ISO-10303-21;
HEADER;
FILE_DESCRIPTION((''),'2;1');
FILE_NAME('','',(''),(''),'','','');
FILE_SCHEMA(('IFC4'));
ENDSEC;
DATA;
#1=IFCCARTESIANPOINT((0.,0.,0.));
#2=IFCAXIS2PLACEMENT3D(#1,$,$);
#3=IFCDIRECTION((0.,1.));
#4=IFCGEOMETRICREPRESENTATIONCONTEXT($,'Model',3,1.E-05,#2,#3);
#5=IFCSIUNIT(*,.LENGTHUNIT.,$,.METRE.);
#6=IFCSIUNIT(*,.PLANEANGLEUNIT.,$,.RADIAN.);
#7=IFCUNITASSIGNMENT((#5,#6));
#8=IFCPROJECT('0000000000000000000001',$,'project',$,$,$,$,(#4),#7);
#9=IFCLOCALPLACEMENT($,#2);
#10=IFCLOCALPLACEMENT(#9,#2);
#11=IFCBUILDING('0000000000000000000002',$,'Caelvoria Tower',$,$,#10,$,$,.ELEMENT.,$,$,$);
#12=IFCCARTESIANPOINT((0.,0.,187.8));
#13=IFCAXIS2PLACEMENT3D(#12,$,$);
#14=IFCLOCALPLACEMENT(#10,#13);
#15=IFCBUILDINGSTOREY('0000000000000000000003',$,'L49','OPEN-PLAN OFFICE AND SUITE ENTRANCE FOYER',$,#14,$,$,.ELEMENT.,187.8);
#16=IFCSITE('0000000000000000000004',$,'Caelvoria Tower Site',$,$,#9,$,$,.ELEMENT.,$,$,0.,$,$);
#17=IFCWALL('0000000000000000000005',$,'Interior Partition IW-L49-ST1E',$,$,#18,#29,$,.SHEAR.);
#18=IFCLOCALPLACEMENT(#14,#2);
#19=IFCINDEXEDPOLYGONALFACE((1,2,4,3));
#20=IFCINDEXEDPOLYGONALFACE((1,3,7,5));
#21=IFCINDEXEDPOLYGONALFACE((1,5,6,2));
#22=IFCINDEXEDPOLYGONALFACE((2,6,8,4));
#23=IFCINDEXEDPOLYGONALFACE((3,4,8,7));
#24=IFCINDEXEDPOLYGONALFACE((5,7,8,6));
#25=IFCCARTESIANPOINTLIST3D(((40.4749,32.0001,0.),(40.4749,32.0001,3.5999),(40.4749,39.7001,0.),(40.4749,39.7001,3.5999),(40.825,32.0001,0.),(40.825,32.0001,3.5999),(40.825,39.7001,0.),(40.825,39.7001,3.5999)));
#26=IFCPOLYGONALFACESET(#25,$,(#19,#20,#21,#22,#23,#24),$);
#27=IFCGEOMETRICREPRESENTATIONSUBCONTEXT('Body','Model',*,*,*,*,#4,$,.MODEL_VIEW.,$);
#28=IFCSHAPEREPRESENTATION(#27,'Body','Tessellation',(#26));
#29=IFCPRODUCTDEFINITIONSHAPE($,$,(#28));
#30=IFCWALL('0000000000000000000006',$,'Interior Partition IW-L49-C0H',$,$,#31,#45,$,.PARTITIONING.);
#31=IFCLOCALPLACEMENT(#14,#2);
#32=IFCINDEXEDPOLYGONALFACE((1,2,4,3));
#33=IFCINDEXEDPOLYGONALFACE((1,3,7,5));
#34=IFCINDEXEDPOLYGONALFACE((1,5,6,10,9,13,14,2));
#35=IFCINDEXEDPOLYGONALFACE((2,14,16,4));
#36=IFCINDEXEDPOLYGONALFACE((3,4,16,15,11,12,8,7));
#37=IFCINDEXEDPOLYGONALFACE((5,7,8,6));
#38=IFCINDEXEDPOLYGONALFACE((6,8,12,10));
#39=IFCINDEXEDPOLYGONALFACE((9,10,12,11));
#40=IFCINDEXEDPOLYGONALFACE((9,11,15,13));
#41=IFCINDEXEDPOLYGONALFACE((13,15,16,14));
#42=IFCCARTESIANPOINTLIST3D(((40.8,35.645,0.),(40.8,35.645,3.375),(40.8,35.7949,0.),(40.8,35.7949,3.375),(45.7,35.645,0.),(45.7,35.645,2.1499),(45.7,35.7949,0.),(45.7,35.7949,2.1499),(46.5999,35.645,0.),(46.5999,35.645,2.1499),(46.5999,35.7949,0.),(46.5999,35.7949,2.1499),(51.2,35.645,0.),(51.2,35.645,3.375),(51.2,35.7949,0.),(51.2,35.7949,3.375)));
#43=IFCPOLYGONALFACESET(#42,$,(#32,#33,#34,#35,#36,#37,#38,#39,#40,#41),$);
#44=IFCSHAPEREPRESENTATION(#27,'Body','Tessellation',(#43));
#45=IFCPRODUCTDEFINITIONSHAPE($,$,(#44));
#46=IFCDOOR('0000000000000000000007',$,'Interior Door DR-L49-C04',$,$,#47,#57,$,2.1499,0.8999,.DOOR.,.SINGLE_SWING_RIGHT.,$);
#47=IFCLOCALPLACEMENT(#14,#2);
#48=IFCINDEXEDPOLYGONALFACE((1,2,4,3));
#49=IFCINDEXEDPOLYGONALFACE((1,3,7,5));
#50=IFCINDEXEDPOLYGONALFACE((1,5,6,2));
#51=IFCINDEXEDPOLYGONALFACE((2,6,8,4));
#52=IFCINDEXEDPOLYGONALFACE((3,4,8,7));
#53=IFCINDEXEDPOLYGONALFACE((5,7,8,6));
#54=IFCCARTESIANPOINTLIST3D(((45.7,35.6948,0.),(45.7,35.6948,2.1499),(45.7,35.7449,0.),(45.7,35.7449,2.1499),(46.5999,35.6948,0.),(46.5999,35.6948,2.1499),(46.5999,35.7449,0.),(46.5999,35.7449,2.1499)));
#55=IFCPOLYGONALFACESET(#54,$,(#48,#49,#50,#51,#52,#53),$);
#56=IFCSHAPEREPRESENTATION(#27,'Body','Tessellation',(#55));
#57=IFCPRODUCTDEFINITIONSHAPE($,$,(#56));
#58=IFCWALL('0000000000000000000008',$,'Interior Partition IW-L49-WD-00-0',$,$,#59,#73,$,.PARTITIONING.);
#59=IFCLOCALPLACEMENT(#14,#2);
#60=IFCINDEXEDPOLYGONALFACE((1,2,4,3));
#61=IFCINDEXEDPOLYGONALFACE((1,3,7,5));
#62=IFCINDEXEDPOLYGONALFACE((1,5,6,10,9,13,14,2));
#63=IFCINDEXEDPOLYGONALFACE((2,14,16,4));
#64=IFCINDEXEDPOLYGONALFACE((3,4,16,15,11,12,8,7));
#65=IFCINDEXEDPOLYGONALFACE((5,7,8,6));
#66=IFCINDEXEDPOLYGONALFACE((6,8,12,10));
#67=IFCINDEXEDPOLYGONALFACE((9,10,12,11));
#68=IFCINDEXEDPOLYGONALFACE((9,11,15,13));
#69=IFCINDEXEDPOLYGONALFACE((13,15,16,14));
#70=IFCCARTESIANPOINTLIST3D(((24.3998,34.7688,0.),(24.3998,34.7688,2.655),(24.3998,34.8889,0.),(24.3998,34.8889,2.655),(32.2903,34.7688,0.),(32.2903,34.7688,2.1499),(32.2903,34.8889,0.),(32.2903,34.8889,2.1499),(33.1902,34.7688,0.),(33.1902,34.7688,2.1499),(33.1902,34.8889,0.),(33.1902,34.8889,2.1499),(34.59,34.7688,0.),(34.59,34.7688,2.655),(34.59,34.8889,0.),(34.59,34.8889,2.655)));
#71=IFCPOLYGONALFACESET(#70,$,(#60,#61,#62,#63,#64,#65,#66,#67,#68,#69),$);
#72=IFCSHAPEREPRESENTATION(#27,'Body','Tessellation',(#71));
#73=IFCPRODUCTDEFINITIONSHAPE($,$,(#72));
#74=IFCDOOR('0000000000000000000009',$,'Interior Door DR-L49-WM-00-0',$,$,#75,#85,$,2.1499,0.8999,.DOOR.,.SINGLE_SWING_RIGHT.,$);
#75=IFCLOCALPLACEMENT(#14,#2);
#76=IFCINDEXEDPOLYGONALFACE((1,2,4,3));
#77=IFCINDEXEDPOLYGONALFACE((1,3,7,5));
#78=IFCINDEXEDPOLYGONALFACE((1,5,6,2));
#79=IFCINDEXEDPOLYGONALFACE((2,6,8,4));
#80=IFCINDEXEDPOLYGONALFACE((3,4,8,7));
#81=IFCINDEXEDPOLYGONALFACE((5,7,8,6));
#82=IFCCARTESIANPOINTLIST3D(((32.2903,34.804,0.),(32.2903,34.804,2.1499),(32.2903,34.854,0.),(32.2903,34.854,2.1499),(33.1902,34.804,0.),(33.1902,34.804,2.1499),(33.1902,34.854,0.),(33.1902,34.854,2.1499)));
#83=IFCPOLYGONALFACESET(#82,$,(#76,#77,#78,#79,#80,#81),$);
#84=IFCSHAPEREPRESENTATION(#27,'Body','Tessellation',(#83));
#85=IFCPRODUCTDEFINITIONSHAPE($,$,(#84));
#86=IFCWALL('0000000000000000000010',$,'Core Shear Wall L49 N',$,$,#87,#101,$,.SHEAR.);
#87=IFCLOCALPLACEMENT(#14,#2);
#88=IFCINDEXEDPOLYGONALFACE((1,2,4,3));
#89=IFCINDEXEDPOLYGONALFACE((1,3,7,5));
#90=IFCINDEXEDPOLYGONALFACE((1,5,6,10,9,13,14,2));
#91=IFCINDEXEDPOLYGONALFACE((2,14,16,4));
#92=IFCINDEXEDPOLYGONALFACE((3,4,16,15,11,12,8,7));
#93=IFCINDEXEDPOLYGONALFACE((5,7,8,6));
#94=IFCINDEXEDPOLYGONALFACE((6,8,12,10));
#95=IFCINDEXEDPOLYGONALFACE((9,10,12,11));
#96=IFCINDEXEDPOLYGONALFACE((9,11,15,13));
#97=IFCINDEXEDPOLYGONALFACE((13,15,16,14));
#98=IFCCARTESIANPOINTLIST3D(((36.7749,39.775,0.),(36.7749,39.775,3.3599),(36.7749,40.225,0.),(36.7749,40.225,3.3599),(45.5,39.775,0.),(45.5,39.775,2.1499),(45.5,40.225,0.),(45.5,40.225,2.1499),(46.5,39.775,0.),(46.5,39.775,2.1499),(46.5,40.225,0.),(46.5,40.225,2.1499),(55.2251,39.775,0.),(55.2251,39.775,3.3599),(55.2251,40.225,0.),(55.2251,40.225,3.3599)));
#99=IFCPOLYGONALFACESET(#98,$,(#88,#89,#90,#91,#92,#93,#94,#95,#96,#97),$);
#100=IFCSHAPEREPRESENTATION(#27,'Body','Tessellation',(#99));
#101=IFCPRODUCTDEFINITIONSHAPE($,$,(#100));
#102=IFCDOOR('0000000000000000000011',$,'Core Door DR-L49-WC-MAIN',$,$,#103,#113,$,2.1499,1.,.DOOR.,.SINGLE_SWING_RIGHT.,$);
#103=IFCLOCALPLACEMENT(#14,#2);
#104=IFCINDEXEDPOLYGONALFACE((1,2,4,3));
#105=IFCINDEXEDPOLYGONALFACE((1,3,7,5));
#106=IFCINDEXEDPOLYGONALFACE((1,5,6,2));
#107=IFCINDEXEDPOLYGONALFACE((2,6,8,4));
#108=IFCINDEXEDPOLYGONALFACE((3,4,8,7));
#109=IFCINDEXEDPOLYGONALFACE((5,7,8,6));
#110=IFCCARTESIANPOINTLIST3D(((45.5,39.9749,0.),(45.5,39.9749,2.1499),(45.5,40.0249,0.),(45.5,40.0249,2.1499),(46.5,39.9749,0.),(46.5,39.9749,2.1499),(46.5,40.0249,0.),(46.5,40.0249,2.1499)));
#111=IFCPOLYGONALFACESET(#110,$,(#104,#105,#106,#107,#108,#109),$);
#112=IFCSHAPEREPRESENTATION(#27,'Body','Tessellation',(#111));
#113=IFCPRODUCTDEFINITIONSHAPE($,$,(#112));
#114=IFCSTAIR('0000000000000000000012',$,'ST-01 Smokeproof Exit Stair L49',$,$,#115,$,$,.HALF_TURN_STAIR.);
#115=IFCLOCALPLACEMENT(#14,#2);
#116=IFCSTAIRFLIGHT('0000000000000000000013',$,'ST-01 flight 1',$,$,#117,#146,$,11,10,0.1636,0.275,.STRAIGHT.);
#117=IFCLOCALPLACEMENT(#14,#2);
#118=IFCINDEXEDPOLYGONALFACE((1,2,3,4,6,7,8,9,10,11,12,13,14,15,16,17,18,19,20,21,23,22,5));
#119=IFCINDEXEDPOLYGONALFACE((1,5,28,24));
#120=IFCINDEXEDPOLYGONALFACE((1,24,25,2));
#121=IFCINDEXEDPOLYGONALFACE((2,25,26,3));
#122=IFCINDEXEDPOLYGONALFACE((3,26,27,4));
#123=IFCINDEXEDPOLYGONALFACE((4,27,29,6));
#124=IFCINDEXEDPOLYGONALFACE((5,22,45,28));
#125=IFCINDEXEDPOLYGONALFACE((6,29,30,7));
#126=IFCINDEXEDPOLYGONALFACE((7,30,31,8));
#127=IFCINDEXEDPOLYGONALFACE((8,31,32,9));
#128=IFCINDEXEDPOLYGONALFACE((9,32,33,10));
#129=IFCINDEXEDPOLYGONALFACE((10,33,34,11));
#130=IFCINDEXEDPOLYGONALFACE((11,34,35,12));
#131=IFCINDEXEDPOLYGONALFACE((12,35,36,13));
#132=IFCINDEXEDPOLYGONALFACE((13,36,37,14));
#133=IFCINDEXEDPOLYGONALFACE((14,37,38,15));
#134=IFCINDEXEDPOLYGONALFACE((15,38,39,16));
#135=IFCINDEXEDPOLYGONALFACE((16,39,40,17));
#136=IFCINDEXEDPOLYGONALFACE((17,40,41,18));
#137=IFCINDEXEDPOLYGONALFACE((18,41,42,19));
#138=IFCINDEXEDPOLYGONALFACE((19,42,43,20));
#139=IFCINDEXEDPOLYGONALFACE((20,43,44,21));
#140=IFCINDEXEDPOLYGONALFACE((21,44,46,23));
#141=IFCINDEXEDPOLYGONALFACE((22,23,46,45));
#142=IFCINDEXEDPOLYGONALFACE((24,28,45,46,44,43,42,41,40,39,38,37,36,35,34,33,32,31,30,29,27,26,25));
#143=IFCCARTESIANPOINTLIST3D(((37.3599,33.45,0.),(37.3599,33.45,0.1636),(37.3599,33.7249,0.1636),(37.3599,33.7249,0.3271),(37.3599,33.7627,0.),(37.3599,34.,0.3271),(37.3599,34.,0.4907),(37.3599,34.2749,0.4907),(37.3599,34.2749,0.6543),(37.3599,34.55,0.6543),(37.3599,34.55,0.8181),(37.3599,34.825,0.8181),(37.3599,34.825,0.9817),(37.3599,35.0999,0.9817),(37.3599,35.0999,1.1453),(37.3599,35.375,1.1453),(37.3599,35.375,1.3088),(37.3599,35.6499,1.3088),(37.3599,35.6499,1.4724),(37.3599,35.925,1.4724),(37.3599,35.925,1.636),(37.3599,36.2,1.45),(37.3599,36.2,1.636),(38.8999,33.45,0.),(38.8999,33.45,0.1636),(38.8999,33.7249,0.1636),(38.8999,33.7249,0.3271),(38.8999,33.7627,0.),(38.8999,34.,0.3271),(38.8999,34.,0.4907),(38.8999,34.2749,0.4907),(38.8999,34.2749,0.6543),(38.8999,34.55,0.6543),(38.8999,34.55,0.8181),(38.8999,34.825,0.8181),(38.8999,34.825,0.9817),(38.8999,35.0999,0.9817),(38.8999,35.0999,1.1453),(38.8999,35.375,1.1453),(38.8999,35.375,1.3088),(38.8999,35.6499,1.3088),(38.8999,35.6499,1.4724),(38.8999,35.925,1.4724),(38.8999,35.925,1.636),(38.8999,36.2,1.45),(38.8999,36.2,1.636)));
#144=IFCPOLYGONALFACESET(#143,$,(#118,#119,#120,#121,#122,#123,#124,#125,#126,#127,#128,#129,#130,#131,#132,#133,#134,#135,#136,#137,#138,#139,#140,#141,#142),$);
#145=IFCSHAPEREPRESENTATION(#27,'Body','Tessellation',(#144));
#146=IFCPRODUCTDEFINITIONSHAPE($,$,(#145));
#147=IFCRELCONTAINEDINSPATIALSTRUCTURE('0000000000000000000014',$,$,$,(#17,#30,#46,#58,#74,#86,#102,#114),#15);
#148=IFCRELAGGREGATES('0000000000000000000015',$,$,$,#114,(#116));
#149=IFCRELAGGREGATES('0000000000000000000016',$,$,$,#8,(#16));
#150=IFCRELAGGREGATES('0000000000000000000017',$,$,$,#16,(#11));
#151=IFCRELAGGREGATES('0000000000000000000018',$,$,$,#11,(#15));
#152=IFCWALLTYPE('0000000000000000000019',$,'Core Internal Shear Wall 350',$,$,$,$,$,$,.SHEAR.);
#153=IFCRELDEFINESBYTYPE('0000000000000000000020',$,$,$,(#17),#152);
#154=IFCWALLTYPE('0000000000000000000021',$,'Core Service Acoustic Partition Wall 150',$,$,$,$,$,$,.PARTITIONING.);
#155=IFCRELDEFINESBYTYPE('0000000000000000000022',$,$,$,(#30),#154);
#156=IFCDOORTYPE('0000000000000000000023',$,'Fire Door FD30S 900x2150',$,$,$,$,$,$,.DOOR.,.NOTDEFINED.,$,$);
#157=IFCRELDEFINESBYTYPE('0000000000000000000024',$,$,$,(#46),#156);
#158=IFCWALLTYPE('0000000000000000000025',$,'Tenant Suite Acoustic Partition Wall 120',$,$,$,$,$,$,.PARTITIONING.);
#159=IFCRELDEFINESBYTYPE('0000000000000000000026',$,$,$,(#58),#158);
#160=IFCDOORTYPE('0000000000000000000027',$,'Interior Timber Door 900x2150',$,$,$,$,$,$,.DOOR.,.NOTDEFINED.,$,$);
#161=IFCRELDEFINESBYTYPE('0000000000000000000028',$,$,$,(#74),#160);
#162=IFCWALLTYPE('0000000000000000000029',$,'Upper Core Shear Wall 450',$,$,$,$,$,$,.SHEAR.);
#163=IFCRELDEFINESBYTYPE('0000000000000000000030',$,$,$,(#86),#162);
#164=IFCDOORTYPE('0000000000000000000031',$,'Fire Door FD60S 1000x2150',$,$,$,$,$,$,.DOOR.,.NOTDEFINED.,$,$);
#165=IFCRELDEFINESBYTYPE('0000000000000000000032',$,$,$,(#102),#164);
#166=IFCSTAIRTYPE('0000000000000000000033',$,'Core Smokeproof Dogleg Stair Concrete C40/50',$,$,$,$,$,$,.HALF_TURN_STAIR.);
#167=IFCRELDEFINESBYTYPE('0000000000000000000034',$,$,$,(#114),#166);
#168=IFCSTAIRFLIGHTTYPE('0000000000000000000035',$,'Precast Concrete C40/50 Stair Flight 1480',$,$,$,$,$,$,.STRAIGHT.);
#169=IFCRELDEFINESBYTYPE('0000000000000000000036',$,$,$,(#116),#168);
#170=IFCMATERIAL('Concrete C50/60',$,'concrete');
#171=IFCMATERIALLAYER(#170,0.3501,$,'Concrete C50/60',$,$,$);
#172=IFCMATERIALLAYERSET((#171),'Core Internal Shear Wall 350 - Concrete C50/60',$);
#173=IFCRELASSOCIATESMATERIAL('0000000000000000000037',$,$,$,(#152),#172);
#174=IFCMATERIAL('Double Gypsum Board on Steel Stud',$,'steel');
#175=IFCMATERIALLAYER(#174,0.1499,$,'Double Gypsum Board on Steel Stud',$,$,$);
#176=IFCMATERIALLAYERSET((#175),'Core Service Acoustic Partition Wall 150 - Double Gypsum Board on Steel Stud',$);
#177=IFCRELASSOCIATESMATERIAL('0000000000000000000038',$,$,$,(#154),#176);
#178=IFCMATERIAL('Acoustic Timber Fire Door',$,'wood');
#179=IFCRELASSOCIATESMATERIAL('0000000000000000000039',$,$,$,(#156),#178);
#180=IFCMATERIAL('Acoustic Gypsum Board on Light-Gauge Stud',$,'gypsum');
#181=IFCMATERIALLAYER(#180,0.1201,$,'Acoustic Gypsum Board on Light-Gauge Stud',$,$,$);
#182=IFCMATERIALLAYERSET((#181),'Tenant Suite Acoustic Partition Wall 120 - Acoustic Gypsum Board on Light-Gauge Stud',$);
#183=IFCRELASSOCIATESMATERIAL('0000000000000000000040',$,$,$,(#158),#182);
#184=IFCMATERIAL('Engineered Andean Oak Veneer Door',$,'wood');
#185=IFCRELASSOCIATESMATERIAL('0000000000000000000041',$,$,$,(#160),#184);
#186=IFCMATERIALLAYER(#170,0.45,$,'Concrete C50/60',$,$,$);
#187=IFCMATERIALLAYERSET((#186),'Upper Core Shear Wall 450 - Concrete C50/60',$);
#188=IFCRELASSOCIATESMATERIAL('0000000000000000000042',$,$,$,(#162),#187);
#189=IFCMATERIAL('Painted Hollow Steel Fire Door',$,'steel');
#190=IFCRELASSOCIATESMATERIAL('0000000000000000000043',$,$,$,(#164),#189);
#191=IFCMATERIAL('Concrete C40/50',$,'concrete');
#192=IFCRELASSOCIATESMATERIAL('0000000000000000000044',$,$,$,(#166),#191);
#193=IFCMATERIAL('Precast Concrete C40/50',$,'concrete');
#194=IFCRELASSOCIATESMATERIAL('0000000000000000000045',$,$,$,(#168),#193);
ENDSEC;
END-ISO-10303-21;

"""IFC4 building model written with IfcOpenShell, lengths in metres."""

from ifc_helpers import new_model, si_unit, direction, frame, frame_2d, origin, place, context, subcontext, project, spatial, polyline, rectangle, outline, extrude, material, layer, layer_set, type_object, element, fill, aggregate, save


model = new_model("IFC4")

# Units and contexts
model_context = context("Model", 3, precision=1e-05, world=origin(), true_north=direction((0.0, 1.0)))
body_context = subcontext(model_context, "Body", "Model", "MODEL_VIEW")
ifc_project = project(units=[si_unit("LENGTHUNIT", "METRE"), si_unit("PLANEANGLEUNIT", "RADIAN")], contexts=[model_context])

# Site, building, storey
site_placement = place(None, origin())
site = spatial("IfcSite", under=ifc_project, at=site_placement, Name="Caelvoria Tower Site", CompositionType="ELEMENT", RefElevation=0.0)
building_placement = place(site_placement, origin())
building = spatial("IfcBuilding", under=site, at=building_placement, Name="Caelvoria Tower", CompositionType="ELEMENT")
storey_placement = place(building_placement, frame((0.0, 0.0, 187.8)))
storey = spatial("IfcBuildingStorey", under=building, at=storey_placement, Name="L49", Description="OPEN-PLAN OFFICE AND SUITE ENTRANCE FOYER", CompositionType="ELEMENT", Elevation=187.8)

# Wall
ifc_material_1 = material(Name="Concrete C50/60", Category="concrete")
ifc_layer_1 = layer(ifc_material_1, 0.3501, Name="Concrete C50/60")
ifc_layer_set_1 = layer_set([ifc_layer_1], Name="Core Internal Shear Wall 350 - Concrete C50/60")
wall_type_1 = type_object("IfcWallType", Name="Core Internal Shear Wall 350", PredefinedType="SHEAR", material=ifc_layer_set_1)
wall_1_placement = place(storey_placement, frame((40.6499, 32.0, 0.0), z_axis=(0.0, 0.0, 1.0), x_axis=(0.0, 1.0, 0.0)))
element("IfcWall", 1, at=wall_1_placement, inside=storey, type_object=wall_type_1, Name="Interior Partition IW-L49-ST1E", PredefinedType="SHEAR", context=body_context, shape_type="SweptSolid", body=[
    extrude(rectangle(XDim=7.7, YDim=0.3501, at=frame_2d((3.8501, 0.0))), origin(), (0.0, 0.0, 1.0), 3.5999),
])

# Walls, openings, doors
ifc_material_2 = material(Name="Double Gypsum Board on Steel Stud", Category="steel")
ifc_layer_2 = layer(ifc_material_2, 0.1499, Name="Double Gypsum Board on Steel Stud")
ifc_layer_set_2 = layer_set([ifc_layer_2], Name="Core Service Acoustic Partition Wall 150 - Double Gypsum Board on Steel Stud")
wall_type_2 = type_object("IfcWallType", Name="Core Service Acoustic Partition Wall 150", PredefinedType="PARTITIONING", material=ifc_layer_set_2)
wall_2_placement = place(storey_placement, frame((40.8, 35.72, 0.0), z_axis=(0.0, 0.0, 1.0), x_axis=(1.0, 0.0, 0.0)))
wall_2 = element("IfcWall", 2, at=wall_2_placement, inside=storey, type_object=wall_type_2, Name="Interior Partition IW-L49-C0H", PredefinedType="PARTITIONING", context=body_context, shape_type="SweptSolid", body=[
    extrude(rectangle(XDim=10.3999, YDim=0.1499, at=frame_2d((5.2, 0.0))), origin(), (0.0, 0.0, 1.0), 3.375),
])
opening_1_placement = place(wall_2_placement, frame((4.8999, 0.0, 0.0)))
opening_1 = element("IfcOpeningElement", 3, at=opening_1_placement, cuts=wall_2, PredefinedType="OPENING", context=body_context, shape_type="SweptSolid", body=[
    extrude(rectangle(XDim=0.8999, YDim=2.1499, at=frame_2d((0.45, 1.075))), frame((0.0, 0.085, 0.0), z_axis=(0.0, -1.0, 0.0), x_axis=(1.0, 0.0, 0.0)), (0.0, 0.0, 1.0), 0.1699),
])
ifc_material_3 = material(Name="Acoustic Timber Fire Door", Category="wood")
door_type_1 = type_object("IfcDoorType", Name="Fire Door FD30S 900x2150", OperationType="NOTDEFINED", PredefinedType="DOOR", material=ifc_material_3)
door_1_placement = place(opening_1_placement, origin())
door_1 = element("IfcDoor", 4, at=door_1_placement, inside=storey, type_object=door_type_1, Name="Interior Door DR-L49-C04", OperationType="SINGLE_SWING_RIGHT", OverallHeight=2.1499, OverallWidth=0.8999, PredefinedType="DOOR", context=body_context, shape_type="SweptSolid", body=[
    extrude(rectangle(XDim=0.8999, YDim=2.1499, at=frame_2d((0.45, 1.075))), frame((0.0, 0.0249, 0.0), z_axis=(0.0, -1.0, 0.0), x_axis=(1.0, 0.0, 0.0)), (0.0, 0.0, 1.0), 0.05),
])
fill(opening_1, door_1)
ifc_material_4 = material(Name="Acoustic Gypsum Board on Light-Gauge Stud", Category="gypsum")
ifc_layer_3 = layer(ifc_material_4, 0.1201, Name="Acoustic Gypsum Board on Light-Gauge Stud")
ifc_layer_set_3 = layer_set([ifc_layer_3], Name="Tenant Suite Acoustic Partition Wall 120 - Acoustic Gypsum Board on Light-Gauge Stud")
wall_type_3 = type_object("IfcWallType", Name="Tenant Suite Acoustic Partition Wall 120", PredefinedType="PARTITIONING", material=ifc_layer_set_3)
wall_3_placement = place(storey_placement, frame((34.5901, 34.8289, 0.0), z_axis=(0.0, 0.0, 1.0), x_axis=(-1.0, 0.0, 0.0)))
wall_3 = element("IfcWall", 5, at=wall_3_placement, inside=storey, type_object=wall_type_3, Name="Interior Partition IW-L49-WD-00-0", PredefinedType="PARTITIONING", context=body_context, shape_type="SweptSolid", body=[
    extrude(rectangle(XDim=10.1902, YDim=0.1201, at=frame_2d((5.0952, 0.0))), origin(), (0.0, 0.0, 1.0), 2.655),
])
opening_2_placement = place(wall_3_placement, frame((1.3999, 0.0, 0.0)))
opening_2 = element("IfcOpeningElement", 6, at=opening_2_placement, cuts=wall_3, PredefinedType="OPENING", context=body_context, shape_type="SweptSolid", body=[
    extrude(rectangle(XDim=0.8999, YDim=2.1499, at=frame_2d((0.45, 1.075))), frame((0.0, 0.0701, 0.0), z_axis=(0.0, -1.0, 0.0), x_axis=(1.0, 0.0, 0.0)), (0.0, 0.0, 1.0), 0.1401),
])
ifc_material_5 = material(Name="Engineered Andean Oak Veneer Door", Category="wood")
door_type_2 = type_object("IfcDoorType", Name="Interior Timber Door 900x2150", OperationType="NOTDEFINED", PredefinedType="DOOR", material=ifc_material_5)
door_2_placement = place(opening_2_placement, origin())
door_2 = element("IfcDoor", 7, at=door_2_placement, inside=storey, type_object=door_type_2, Name="Interior Door DR-L49-WM-00-0", OperationType="SINGLE_SWING_RIGHT", OverallHeight=2.1499, OverallWidth=0.8999, PredefinedType="DOOR", context=body_context, shape_type="SweptSolid", body=[
    extrude(rectangle(XDim=0.8999, YDim=2.1499, at=frame_2d((0.45, 1.075))), frame((0.0, 0.0249, 0.0), z_axis=(0.0, -1.0, 0.0), x_axis=(1.0, 0.0, 0.0)), (0.0, 0.0, 1.0), 0.05),
])
fill(opening_2, door_2)
ifc_layer_4 = layer(ifc_material_1, 0.45, Name="Concrete C50/60")
ifc_layer_set_4 = layer_set([ifc_layer_4], Name="Upper Core Shear Wall 450 - Concrete C50/60")
wall_type_4 = type_object("IfcWallType", Name="Upper Core Shear Wall 450", PredefinedType="SHEAR", material=ifc_layer_set_4)
wall_4_placement = place(storey_placement, frame((36.7749, 40.0, 0.0), z_axis=(0.0, 0.0, 1.0), x_axis=(1.0, 0.0, 0.0)))
wall_4 = element("IfcWall", 8, at=wall_4_placement, inside=storey, type_object=wall_type_4, Name="Core Shear Wall L49 N", PredefinedType="SHEAR", context=body_context, shape_type="SweptSolid", body=[
    extrude(rectangle(XDim=18.4502, YDim=0.45, at=frame_2d((9.2251, 0.0))), origin(), (0.0, 0.0, 1.0), 3.3599),
])
opening_3_placement = place(wall_4_placement, frame((8.7251, 0.0, 0.0)))
opening_3 = element("IfcOpeningElement", 9, at=opening_3_placement, cuts=wall_4, PredefinedType="OPENING", context=body_context, shape_type="SweptSolid", body=[
    extrude(rectangle(XDim=1.0, YDim=2.1499, at=frame_2d((0.5, 1.075))), frame((0.0, 0.2349, 0.0), z_axis=(0.0, -1.0, 0.0), x_axis=(1.0, 0.0, 0.0)), (0.0, 0.0, 1.0), 0.47),
])
ifc_material_6 = material(Name="Painted Hollow Steel Fire Door", Category="steel")
door_type_3 = type_object("IfcDoorType", Name="Fire Door FD60S 1000x2150", OperationType="NOTDEFINED", PredefinedType="DOOR", material=ifc_material_6)
door_3_placement = place(opening_3_placement, origin())
door_3 = element("IfcDoor", 10, at=door_3_placement, inside=storey, type_object=door_type_3, Name="Core Door DR-L49-WC-MAIN", OperationType="SINGLE_SWING_RIGHT", OverallHeight=2.1499, OverallWidth=1.0, PredefinedType="DOOR", context=body_context, shape_type="SweptSolid", body=[
    extrude(rectangle(XDim=1.0, YDim=2.1499, at=frame_2d((0.5, 1.075))), frame((0.0, 0.0249, 0.0), z_axis=(0.0, -1.0, 0.0), x_axis=(1.0, 0.0, 0.0)), (0.0, 0.0, 1.0), 0.05),
])
fill(opening_3, door_3)

# Stair, stair flight
ifc_material_7 = material(Name="Concrete C40/50", Category="concrete")
stair_type = type_object("IfcStairType", Name="Core Smokeproof Dogleg Stair Concrete C40/50", PredefinedType="HALF_TURN_STAIR", material=ifc_material_7)
stair_placement = place(storey_placement, origin())
stair = element("IfcStair", 11, at=stair_placement, inside=storey, type_object=stair_type, Name="ST-01 Smokeproof Exit Stair L49", PredefinedType="HALF_TURN_STAIR")
ifc_material_8 = material(Name="Precast Concrete C40/50", Category="concrete")
stair_flight_type = type_object("IfcStairFlightType", Name="Precast Concrete C40/50 Stair Flight 1480", PredefinedType="STRAIGHT", material=ifc_material_8)
stair_flight_1_placement = place(storey_placement, frame((38.1299, 33.45, 0.0), z_axis=(0.0, 0.0, 1.0), x_axis=(0.0, 1.0, 0.0)))
stair_flight_1 = element("IfcStairFlight", 12, at=stair_flight_1_placement, type_object=stair_flight_type, Name="ST-01 flight 1", NumberOfRisers=11, NumberOfTreads=10, PredefinedType="STRAIGHT", RiserHeight=0.1636, TreadLength=0.275, context=body_context, shape_type="SweptSolid", body=[
    extrude(outline(polyline([(0.0, 0.0), (0.0, 0.1636), (0.2749, 0.1636), (0.2749, 0.3271), (0.55, 0.3271), (0.55, 0.4907), (0.825, 0.4907), (0.825, 0.6543), (1.1001, 0.6543), (1.1001, 0.8181), (1.375, 0.8181), (1.375, 0.9817), (1.6499, 0.9817), (1.6499, 1.1453), (1.925, 1.1453), (1.925, 1.3088), (2.2, 1.3088), (2.2, 1.4724), (2.4751, 1.4724), (2.4751, 1.636), (2.75, 1.636), (2.75, 1.7996), (2.75, 1.45), (0.3127, 0.0), (0.0, 0.0)])), frame((0.0, 0.77, 0.0), z_axis=(0.0, -1.0, 0.0), x_axis=(1.0, 0.0, 0.0)), (0.0, 0.0, 1.0), 1.54),
])
aggregate(stair, [stair_flight_1])

save(model, "model.ifc")
